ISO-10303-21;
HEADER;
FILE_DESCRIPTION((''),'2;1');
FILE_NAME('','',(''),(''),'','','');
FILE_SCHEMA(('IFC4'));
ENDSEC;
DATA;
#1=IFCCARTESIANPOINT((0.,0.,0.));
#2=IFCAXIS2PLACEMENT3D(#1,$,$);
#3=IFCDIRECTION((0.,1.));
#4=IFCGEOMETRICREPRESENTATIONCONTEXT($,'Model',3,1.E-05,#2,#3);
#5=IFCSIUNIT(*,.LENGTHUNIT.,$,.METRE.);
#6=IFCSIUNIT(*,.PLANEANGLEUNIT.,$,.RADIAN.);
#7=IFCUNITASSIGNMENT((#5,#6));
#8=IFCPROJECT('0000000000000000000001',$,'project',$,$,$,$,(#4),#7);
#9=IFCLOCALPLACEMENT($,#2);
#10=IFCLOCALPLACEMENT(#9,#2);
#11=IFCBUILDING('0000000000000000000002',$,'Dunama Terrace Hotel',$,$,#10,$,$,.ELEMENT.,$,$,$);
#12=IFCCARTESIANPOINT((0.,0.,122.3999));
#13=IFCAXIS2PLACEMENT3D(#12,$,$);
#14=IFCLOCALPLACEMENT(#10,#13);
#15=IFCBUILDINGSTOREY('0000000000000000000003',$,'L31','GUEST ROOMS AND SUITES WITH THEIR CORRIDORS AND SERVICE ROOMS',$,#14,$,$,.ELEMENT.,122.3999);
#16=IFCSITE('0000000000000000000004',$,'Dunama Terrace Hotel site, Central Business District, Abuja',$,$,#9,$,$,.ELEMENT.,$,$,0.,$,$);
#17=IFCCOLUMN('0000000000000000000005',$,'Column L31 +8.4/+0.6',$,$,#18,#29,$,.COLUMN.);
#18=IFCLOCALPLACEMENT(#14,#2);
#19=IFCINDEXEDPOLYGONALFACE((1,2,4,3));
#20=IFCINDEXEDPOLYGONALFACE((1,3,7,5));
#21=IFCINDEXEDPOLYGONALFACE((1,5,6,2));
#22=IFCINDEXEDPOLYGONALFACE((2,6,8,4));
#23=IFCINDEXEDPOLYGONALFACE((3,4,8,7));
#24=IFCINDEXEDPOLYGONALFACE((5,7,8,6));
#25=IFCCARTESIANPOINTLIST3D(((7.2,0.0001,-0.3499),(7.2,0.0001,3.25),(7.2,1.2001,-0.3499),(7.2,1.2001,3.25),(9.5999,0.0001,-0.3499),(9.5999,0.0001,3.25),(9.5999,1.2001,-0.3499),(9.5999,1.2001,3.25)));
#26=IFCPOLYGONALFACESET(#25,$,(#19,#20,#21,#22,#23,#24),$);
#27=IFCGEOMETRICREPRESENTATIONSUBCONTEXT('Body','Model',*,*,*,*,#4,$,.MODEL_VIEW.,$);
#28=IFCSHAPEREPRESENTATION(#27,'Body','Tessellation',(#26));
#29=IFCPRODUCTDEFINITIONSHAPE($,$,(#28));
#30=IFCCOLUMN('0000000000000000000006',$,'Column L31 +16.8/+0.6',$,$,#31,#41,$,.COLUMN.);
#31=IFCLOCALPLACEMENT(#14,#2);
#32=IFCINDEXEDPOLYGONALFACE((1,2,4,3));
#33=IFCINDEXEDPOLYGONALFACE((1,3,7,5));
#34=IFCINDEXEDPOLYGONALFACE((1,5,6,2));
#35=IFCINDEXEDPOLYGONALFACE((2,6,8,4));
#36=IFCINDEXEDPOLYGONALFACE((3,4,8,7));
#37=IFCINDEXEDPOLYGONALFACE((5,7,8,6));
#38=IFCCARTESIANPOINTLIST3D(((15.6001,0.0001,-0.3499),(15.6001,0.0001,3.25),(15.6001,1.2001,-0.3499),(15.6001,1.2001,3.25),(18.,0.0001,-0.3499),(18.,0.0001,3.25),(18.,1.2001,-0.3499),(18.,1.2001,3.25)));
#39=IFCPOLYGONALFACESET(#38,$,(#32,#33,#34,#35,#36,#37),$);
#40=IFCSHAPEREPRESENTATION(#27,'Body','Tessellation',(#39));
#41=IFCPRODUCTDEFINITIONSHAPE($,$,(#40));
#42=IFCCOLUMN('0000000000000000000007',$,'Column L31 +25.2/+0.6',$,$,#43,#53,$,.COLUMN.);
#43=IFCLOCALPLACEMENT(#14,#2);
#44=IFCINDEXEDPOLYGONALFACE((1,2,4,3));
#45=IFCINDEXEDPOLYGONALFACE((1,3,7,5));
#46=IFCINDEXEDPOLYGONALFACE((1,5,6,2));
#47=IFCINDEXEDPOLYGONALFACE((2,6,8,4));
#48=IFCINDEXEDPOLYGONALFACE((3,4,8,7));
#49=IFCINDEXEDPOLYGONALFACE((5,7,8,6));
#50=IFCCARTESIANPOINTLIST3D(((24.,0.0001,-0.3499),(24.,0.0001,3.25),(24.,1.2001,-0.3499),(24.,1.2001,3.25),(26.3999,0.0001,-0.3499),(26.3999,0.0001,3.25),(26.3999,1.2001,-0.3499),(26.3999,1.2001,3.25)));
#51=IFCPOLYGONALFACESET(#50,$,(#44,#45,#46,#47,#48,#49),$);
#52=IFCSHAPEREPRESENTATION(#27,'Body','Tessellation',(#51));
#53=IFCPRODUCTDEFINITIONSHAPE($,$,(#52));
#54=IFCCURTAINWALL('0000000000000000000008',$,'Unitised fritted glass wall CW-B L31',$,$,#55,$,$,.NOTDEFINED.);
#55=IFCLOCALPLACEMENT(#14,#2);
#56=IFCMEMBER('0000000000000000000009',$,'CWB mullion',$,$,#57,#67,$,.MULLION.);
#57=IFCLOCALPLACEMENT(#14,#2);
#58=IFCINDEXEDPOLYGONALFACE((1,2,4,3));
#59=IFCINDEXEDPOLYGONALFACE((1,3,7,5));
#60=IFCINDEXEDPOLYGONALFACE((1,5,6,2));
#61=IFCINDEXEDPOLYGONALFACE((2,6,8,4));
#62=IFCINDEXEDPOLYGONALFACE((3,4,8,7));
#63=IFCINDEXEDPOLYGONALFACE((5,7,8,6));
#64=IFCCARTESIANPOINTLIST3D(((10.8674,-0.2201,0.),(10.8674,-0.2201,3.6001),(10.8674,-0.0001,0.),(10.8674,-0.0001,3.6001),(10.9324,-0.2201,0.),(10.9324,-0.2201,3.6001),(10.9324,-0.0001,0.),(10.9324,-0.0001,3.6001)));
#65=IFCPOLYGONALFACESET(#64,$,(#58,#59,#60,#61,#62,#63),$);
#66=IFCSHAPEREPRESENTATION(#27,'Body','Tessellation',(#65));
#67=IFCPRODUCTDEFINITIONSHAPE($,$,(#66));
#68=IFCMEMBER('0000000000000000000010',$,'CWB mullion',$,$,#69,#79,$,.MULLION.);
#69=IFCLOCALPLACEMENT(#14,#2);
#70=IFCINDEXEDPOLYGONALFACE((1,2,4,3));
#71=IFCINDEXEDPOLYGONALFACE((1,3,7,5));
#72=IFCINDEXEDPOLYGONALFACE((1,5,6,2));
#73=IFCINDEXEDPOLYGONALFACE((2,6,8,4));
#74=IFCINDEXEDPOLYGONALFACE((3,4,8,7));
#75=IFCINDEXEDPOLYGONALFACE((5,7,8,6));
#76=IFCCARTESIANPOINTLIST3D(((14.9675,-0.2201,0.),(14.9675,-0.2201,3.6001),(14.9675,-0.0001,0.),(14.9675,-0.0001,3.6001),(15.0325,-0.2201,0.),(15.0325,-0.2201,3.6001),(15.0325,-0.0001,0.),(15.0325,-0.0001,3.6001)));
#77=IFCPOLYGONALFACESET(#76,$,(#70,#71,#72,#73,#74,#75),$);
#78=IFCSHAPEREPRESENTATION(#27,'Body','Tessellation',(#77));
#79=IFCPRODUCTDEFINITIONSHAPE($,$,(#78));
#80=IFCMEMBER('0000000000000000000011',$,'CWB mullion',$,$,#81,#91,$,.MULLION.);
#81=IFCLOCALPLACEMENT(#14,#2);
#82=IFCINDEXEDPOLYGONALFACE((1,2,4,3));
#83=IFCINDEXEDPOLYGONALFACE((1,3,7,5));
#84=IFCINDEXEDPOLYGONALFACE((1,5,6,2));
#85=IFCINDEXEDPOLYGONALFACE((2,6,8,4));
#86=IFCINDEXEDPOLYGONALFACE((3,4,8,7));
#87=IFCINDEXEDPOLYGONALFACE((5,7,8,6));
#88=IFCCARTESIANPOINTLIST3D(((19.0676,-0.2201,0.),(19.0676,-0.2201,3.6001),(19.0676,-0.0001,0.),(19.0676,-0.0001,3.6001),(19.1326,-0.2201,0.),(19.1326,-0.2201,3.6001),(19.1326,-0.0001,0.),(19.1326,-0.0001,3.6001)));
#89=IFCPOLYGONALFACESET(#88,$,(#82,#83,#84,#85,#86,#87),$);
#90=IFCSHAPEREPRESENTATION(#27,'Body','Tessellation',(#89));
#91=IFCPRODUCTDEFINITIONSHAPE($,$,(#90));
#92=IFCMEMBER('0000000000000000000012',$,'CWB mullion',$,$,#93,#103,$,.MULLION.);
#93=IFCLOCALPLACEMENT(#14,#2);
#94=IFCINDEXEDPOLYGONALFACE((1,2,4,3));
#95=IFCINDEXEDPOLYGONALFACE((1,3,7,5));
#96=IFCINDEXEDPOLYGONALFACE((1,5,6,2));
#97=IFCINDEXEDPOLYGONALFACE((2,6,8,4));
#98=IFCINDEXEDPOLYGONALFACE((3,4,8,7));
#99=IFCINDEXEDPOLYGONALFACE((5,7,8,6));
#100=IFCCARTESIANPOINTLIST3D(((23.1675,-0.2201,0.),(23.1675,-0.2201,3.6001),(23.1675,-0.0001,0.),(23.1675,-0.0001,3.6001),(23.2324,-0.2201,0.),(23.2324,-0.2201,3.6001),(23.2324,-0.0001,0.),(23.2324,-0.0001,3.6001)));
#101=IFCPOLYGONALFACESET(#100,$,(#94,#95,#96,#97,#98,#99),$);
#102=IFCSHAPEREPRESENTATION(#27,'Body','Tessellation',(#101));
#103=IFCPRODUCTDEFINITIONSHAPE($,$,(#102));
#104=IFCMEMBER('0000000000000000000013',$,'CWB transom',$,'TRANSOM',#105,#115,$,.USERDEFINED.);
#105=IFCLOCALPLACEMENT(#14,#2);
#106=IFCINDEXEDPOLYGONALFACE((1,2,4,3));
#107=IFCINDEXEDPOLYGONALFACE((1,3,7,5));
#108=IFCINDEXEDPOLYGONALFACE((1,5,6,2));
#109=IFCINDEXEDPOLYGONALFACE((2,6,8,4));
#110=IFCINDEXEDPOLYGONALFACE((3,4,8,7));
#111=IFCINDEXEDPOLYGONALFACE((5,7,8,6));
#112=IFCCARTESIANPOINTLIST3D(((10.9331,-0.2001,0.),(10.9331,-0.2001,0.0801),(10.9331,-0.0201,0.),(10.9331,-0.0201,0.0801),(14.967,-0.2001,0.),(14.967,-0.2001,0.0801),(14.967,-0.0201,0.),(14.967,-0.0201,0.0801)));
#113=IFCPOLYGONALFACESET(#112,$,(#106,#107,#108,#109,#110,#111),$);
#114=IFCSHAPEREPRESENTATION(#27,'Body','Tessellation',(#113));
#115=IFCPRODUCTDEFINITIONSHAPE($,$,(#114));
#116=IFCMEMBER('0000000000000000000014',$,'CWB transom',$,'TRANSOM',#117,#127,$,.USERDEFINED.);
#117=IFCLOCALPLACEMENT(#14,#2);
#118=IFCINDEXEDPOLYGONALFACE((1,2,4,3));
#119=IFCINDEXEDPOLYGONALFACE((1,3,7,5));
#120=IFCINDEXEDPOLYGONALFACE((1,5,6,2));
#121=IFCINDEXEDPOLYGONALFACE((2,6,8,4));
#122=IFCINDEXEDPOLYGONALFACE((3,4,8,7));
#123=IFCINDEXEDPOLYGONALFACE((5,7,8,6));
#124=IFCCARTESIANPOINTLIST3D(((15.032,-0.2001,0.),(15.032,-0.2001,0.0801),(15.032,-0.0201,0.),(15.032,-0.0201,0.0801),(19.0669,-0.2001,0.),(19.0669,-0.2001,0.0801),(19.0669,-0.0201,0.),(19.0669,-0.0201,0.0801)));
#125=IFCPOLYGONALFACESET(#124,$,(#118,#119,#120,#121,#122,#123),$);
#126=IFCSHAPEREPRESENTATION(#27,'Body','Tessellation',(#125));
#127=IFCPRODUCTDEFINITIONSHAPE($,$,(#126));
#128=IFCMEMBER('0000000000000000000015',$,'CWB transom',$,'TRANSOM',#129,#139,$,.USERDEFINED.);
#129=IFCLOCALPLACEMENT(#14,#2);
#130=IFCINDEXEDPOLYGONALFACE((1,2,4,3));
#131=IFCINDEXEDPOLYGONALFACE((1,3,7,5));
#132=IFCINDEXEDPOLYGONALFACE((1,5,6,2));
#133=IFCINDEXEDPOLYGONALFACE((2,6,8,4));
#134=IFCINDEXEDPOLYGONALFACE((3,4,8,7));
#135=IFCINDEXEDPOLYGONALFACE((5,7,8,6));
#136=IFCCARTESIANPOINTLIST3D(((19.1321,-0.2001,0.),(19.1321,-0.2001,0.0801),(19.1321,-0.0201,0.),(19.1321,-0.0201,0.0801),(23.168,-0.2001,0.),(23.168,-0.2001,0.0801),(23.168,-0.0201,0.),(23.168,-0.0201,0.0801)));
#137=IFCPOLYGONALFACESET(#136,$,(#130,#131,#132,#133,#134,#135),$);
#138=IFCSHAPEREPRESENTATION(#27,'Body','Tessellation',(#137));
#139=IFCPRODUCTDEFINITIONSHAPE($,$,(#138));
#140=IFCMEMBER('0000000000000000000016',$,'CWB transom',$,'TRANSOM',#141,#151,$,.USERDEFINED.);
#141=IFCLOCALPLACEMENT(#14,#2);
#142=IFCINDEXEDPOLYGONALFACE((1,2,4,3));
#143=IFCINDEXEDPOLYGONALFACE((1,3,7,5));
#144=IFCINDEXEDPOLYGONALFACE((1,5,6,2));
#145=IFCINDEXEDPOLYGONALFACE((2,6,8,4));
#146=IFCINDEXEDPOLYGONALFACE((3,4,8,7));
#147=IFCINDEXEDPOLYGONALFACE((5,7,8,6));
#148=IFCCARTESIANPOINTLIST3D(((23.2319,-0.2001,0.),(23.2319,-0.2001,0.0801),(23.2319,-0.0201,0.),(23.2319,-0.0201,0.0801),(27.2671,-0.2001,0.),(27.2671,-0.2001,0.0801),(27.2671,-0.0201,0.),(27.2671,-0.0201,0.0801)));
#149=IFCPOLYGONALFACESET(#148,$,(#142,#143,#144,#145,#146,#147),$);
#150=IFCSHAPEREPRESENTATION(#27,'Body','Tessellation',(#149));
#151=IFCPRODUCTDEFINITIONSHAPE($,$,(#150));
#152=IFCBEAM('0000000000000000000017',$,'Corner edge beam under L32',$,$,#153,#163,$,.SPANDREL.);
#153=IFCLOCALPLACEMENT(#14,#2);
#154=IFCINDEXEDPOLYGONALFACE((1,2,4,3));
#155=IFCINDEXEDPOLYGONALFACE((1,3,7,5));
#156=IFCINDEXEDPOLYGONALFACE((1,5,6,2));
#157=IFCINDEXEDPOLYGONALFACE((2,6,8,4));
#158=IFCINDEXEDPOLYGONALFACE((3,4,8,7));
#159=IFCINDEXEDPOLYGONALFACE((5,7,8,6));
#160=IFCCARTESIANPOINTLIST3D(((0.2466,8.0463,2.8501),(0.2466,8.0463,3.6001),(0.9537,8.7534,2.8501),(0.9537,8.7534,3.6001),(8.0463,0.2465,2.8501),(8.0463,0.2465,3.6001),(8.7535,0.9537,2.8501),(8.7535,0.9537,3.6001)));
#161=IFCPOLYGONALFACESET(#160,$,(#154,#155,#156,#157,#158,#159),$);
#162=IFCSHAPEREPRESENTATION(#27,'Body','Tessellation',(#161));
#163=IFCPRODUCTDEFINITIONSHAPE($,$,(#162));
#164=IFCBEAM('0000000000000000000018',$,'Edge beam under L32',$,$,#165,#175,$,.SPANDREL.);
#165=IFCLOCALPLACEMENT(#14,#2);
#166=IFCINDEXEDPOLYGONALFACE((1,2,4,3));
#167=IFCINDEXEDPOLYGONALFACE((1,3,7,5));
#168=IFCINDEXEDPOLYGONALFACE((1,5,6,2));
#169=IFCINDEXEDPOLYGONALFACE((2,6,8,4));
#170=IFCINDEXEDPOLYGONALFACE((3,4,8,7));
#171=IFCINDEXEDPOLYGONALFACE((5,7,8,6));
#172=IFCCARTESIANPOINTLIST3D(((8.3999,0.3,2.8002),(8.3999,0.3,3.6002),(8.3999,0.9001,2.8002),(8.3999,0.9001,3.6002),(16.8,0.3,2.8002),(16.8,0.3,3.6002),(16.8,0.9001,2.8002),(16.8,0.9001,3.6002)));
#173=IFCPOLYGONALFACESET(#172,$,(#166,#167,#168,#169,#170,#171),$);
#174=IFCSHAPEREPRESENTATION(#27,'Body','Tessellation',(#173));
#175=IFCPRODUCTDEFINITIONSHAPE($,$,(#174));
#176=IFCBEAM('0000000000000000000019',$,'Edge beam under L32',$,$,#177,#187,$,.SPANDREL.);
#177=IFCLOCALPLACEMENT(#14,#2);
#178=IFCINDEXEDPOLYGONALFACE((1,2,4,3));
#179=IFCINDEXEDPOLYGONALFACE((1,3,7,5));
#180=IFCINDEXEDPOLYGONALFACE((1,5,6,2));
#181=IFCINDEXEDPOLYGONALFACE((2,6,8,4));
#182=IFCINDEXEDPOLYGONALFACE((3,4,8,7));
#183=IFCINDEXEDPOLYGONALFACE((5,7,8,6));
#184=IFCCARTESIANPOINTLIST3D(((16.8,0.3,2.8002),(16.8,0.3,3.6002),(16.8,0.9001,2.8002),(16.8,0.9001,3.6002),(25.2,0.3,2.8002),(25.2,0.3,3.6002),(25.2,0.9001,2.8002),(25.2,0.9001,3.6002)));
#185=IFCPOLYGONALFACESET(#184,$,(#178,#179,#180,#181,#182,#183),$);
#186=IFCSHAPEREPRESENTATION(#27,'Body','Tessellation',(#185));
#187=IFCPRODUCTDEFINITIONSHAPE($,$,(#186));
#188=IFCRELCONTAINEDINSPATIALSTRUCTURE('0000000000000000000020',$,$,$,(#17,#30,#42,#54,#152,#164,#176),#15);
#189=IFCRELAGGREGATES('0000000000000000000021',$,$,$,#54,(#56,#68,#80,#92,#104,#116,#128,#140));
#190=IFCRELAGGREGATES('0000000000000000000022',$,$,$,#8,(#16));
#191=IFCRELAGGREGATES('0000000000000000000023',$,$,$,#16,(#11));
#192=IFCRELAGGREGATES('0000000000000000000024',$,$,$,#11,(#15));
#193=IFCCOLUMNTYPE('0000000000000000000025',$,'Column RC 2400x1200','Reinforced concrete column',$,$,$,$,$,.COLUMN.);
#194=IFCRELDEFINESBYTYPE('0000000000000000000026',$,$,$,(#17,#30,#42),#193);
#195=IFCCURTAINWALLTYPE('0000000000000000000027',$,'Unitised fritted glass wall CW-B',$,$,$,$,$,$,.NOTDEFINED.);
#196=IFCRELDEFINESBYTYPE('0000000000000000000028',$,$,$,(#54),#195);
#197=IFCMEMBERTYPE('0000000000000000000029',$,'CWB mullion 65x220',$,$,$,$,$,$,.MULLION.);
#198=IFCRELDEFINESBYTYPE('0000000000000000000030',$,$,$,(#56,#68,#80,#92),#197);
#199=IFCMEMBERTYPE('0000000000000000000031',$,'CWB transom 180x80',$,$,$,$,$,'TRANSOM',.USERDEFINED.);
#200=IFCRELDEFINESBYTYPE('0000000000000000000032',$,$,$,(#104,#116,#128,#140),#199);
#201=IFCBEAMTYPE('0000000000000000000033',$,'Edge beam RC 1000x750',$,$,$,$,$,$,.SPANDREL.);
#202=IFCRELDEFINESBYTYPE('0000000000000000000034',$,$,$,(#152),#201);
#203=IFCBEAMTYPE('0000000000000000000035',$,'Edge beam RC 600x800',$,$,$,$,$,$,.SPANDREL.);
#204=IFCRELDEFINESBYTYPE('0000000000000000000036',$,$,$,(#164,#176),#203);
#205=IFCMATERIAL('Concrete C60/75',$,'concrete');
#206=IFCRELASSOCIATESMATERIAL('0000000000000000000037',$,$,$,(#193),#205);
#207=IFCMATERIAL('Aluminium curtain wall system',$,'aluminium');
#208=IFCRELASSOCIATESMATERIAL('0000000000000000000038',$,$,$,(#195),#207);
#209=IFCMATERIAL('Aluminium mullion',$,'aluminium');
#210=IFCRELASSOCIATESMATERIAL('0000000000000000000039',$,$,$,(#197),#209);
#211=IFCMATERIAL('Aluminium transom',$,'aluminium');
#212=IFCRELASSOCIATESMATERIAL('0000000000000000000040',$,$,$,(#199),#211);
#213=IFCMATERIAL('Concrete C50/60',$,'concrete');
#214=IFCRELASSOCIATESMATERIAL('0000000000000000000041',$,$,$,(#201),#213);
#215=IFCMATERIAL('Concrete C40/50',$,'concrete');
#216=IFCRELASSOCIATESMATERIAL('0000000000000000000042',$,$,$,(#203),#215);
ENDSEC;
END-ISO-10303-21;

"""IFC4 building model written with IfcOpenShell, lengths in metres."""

from ifc_helpers import new_model, si_unit, direction, frame, origin, origin_2d, place, context, subcontext, project, spatial, rectangle, extrude, material, material_profile, profile_set, type_object, element, aggregate, save


model = new_model("IFC4")

# Units and contexts
model_context = context("Model", 3, precision=1e-05, world=origin(), true_north=direction((0.0, 1.0)))
body_context = subcontext(model_context, "Body", "Model", "MODEL_VIEW")
ifc_project = project(units=[si_unit("LENGTHUNIT", "METRE"), si_unit("PLANEANGLEUNIT", "RADIAN")], contexts=[model_context])

# Site, building, storey
site_placement = place(None, origin())
site = spatial("IfcSite", under=ifc_project, at=site_placement, Name="Dunama Terrace Hotel site, Central Business District, Abuja", CompositionType="ELEMENT", RefElevation=0.0)
building_placement = place(site_placement, origin())
building = spatial("IfcBuilding", under=site, at=building_placement, Name="Dunama Terrace Hotel", CompositionType="ELEMENT")
storey_placement = place(building_placement, frame((0.0, 0.0, 122.3999)))
storey = spatial("IfcBuildingStorey", under=building, at=storey_placement, Name="L31", Description="GUEST ROOMS AND SUITES WITH THEIR CORRIDORS AND SERVICE ROOMS", CompositionType="ELEMENT", Elevation=122.3999)

# Columns
ifc_material_1 = material(Name="Concrete C60/75", Category="concrete")
ifc_material_profile_1 = material_profile(ifc_material_1, rectangle(XDim=2.3999, YDim=1.2, at=origin_2d()), Name="RC 2400x1200")
ifc_profile_set_1 = profile_set([ifc_material_profile_1], Name="Concrete C60/75")
column_type = type_object("IfcColumnType", Name="Column RC 2400x1200", Description="Reinforced concrete column", PredefinedType="COLUMN", material=ifc_profile_set_1)
for number, where, z_axis, x_axis, name in (
    (1, (8.3999, 0.6001, -0.3499), (0.0, 0.0, 1.0), (1.0, 0.0, 0.0), "Column L31 +8.4/+0.6"),
    (2, (16.8, 0.6001, -0.3499), (0.0, 0.0, 1.0), (1.0, 0.0, 0.0), "Column L31 +16.8/+0.6"),
    (3, (25.2, 0.6001, -0.3499), (0.0, 0.0, 1.0), (1.0, 0.0, 0.0), "Column L31 +25.2/+0.6"),
):
    element("IfcColumn", number, at=place(storey_placement, frame(where, z_axis=z_axis, x_axis=x_axis)), inside=storey, type_object=column_type, Name=name, PredefinedType="COLUMN", context=body_context, shape_type="SweptSolid", body=[
        extrude(rectangle(XDim=2.3999, YDim=1.2, at=origin_2d()), origin(), (0.0, 0.0, 1.0), 3.5999),
    ])

# Curtain wall, members
ifc_material_2 = material(Name="Aluminium curtain wall system", Category="aluminium")
curtain_wall_type = type_object("IfcCurtainWallType", Name="Unitised fritted glass wall CW-B", PredefinedType="NOTDEFINED", material=ifc_material_2)
curtain_wall_placement = place(storey_placement, origin())
curtain_wall = element("IfcCurtainWall", 4, at=curtain_wall_placement, inside=storey, type_object=curtain_wall_type, Name="Unitised fritted glass wall CW-B L31", PredefinedType="NOTDEFINED")
ifc_material_3 = material(Name="Aluminium mullion", Category="aluminium")
ifc_material_profile_2 = material_profile(ifc_material_3, rectangle(XDim=0.0649, YDim=0.22, at=origin_2d()), Name="CWB MULLION 65X220")
ifc_profile_set_2 = profile_set([ifc_material_profile_2], Name="Aluminium mullion")
member_type_1 = type_object("IfcMemberType", Name="CWB mullion 65x220", PredefinedType="MULLION", material=ifc_profile_set_2)
member_1_placement = place(storey_placement, frame((10.8999, -0.1101, 0.0), z_axis=(0.0, 0.0, 1.0), x_axis=(1.0, 0.0, 0.0)))
member_1 = element("IfcMember", 5, at=member_1_placement, type_object=member_type_1, Name="CWB mullion", PredefinedType="MULLION", context=body_context, shape_type="SweptSolid", body=[
    extrude(rectangle(XDim=0.0649, YDim=0.22, at=origin_2d()), origin(), (0.0, 0.0, 1.0), 3.6001),
])
member_2_placement = place(storey_placement, frame((15.0, -0.1101, 0.0), z_axis=(0.0, 0.0, 1.0), x_axis=(1.0, 0.0, 0.0)))
member_2 = element("IfcMember", 6, at=member_2_placement, type_object=member_type_1, Name="CWB mullion", PredefinedType="MULLION", context=body_context, shape_type="SweptSolid", body=[
    extrude(rectangle(XDim=0.0649, YDim=0.22, at=origin_2d()), origin(), (0.0, 0.0, 1.0), 3.6001),
])
member_3_placement = place(storey_placement, frame((19.1001, -0.1101, 0.0), z_axis=(0.0, 0.0, 1.0), x_axis=(1.0, 0.0, 0.0)))
member_3 = element("IfcMember", 7, at=member_3_placement, type_object=member_type_1, Name="CWB mullion", PredefinedType="MULLION", context=body_context, shape_type="SweptSolid", body=[
    extrude(rectangle(XDim=0.0649, YDim=0.22, at=origin_2d()), origin(), (0.0, 0.0, 1.0), 3.6001),
])
member_4_placement = place(storey_placement, frame((23.2, -0.1101, 0.0), z_axis=(0.0, 0.0, 1.0), x_axis=(1.0, 0.0, 0.0)))
member_4 = element("IfcMember", 8, at=member_4_placement, type_object=member_type_1, Name="CWB mullion", PredefinedType="MULLION", context=body_context, shape_type="SweptSolid", body=[
    extrude(rectangle(XDim=0.0649, YDim=0.22, at=origin_2d()), origin(), (0.0, 0.0, 1.0), 3.6001),
])
ifc_material_4 = material(Name="Aluminium transom", Category="aluminium")
ifc_material_profile_3 = material_profile(ifc_material_4, rectangle(XDim=0.1799, YDim=0.0801, at=origin_2d()), Name="CWB TRANSOM 180X80")
ifc_profile_set_3 = profile_set([ifc_material_profile_3], Name="Aluminium transom")
member_type_2 = type_object("IfcMemberType", Name="CWB transom 180x80", ElementType="TRANSOM", PredefinedType="USERDEFINED", material=ifc_profile_set_3)
member_5_placement = place(storey_placement, frame((10.9331, -0.1101, 0.04), z_axis=(1.0, 0.0, 0.0), x_axis=(0.0, 1.0, 0.0)))
member_5 = element("IfcMember", 9, at=member_5_placement, type_object=member_type_2, Name="CWB transom", ObjectType="TRANSOM", PredefinedType="USERDEFINED", context=body_context, shape_type="SweptSolid", body=[
    extrude(rectangle(XDim=0.1799, YDim=0.0801, at=origin_2d()), origin(), (0.0, 0.0, 1.0), 4.0339),
])
member_6_placement = place(storey_placement, frame((15.032, -0.1101, 0.04), z_axis=(1.0, 0.0, 0.0), x_axis=(0.0, 1.0, 0.0)))
member_6 = element("IfcMember", 10, at=member_6_placement, type_object=member_type_2, Name="CWB transom", ObjectType="TRANSOM", PredefinedType="USERDEFINED", context=body_context, shape_type="SweptSolid", body=[
    extrude(rectangle(XDim=0.1799, YDim=0.0801, at=origin_2d()), origin(), (0.0, 0.0, 1.0), 4.0349),
])
member_7_placement = place(storey_placement, frame((19.1321, -0.1101, 0.04), z_axis=(1.0, 0.0, 0.0), x_axis=(0.0, 1.0, 0.0)))
member_7 = element("IfcMember", 11, at=member_7_placement, type_object=member_type_2, Name="CWB transom", ObjectType="TRANSOM", PredefinedType="USERDEFINED", context=body_context, shape_type="SweptSolid", body=[
    extrude(rectangle(XDim=0.1799, YDim=0.0801, at=origin_2d()), origin(), (0.0, 0.0, 1.0), 4.0359),
])
member_8_placement = place(storey_placement, frame((23.2319, -0.1101, 0.04), z_axis=(1.0, 0.0, 0.0), x_axis=(0.0, 1.0, 0.0)))
member_8 = element("IfcMember", 12, at=member_8_placement, type_object=member_type_2, Name="CWB transom", ObjectType="TRANSOM", PredefinedType="USERDEFINED", context=body_context, shape_type="SweptSolid", body=[
    extrude(rectangle(XDim=0.1799, YDim=0.0801, at=origin_2d()), origin(), (0.0, 0.0, 1.0), 4.0352),
])

# Beams
ifc_material_5 = material(Name="Concrete C50/60", Category="concrete")
ifc_material_profile_4 = material_profile(ifc_material_5, rectangle(XDim=1.0, YDim=0.75, at=origin_2d()), Name="RC 1000x750")
ifc_profile_set_4 = profile_set([ifc_material_profile_4], Name="Concrete C50/60")
beam_type_1 = type_object("IfcBeamType", Name="Edge beam RC 1000x750", PredefinedType="SPANDREL", material=ifc_profile_set_4)
beam_1_placement = place(storey_placement, frame((8.3999, 0.6001, 3.2251), z_axis=(-0.707107, 0.707107, 0.0), x_axis=(-0.707107, -0.707107, 0.0)))
element("IfcBeam", 13, at=beam_1_placement, inside=storey, type_object=beam_type_1, Name="Corner edge beam under L32", PredefinedType="SPANDREL", context=body_context, shape_type="SweptSolid", body=[
    extrude(rectangle(XDim=1.0, YDim=0.75, at=origin_2d()), origin(), (0.0, 0.0, 1.0), 11.0305),
])
ifc_material_6 = material(Name="Concrete C40/50", Category="concrete")
ifc_material_profile_5 = material_profile(ifc_material_6, rectangle(XDim=0.6001, YDim=0.8, at=origin_2d()), Name="RC 600x800")
ifc_profile_set_5 = profile_set([ifc_material_profile_5], Name="Concrete C40/50")
beam_type_2 = type_object("IfcBeamType", Name="Edge beam RC 600x800", PredefinedType="SPANDREL", material=ifc_profile_set_5)
beam_2_placement = place(storey_placement, frame((8.3999, 0.6001, 3.2002), z_axis=(1.0, 0.0, 0.0), x_axis=(0.0, 1.0, 0.0)))
element("IfcBeam", 14, at=beam_2_placement, inside=storey, type_object=beam_type_2, Name="Edge beam under L32", PredefinedType="SPANDREL", context=body_context, shape_type="SweptSolid", body=[
    extrude(rectangle(XDim=0.6001, YDim=0.8, at=origin_2d()), origin(), (0.0, 0.0, 1.0), 8.4001),
])
beam_3_placement = place(storey_placement, frame((16.8, 0.6001, 3.2002), z_axis=(1.0, 0.0, 0.0), x_axis=(0.0, 1.0, 0.0)))
element("IfcBeam", 15, at=beam_3_placement, inside=storey, type_object=beam_type_2, Name="Edge beam under L32", PredefinedType="SPANDREL", context=body_context, shape_type="SweptSolid", body=[
    extrude(rectangle(XDim=0.6001, YDim=0.8, at=origin_2d()), origin(), (0.0, 0.0, 1.0), 8.3999),
])

aggregate(curtain_wall, [member_1, member_2, member_3, member_4, member_5, member_6, member_7, member_8])

save(model, "model.ifc")
